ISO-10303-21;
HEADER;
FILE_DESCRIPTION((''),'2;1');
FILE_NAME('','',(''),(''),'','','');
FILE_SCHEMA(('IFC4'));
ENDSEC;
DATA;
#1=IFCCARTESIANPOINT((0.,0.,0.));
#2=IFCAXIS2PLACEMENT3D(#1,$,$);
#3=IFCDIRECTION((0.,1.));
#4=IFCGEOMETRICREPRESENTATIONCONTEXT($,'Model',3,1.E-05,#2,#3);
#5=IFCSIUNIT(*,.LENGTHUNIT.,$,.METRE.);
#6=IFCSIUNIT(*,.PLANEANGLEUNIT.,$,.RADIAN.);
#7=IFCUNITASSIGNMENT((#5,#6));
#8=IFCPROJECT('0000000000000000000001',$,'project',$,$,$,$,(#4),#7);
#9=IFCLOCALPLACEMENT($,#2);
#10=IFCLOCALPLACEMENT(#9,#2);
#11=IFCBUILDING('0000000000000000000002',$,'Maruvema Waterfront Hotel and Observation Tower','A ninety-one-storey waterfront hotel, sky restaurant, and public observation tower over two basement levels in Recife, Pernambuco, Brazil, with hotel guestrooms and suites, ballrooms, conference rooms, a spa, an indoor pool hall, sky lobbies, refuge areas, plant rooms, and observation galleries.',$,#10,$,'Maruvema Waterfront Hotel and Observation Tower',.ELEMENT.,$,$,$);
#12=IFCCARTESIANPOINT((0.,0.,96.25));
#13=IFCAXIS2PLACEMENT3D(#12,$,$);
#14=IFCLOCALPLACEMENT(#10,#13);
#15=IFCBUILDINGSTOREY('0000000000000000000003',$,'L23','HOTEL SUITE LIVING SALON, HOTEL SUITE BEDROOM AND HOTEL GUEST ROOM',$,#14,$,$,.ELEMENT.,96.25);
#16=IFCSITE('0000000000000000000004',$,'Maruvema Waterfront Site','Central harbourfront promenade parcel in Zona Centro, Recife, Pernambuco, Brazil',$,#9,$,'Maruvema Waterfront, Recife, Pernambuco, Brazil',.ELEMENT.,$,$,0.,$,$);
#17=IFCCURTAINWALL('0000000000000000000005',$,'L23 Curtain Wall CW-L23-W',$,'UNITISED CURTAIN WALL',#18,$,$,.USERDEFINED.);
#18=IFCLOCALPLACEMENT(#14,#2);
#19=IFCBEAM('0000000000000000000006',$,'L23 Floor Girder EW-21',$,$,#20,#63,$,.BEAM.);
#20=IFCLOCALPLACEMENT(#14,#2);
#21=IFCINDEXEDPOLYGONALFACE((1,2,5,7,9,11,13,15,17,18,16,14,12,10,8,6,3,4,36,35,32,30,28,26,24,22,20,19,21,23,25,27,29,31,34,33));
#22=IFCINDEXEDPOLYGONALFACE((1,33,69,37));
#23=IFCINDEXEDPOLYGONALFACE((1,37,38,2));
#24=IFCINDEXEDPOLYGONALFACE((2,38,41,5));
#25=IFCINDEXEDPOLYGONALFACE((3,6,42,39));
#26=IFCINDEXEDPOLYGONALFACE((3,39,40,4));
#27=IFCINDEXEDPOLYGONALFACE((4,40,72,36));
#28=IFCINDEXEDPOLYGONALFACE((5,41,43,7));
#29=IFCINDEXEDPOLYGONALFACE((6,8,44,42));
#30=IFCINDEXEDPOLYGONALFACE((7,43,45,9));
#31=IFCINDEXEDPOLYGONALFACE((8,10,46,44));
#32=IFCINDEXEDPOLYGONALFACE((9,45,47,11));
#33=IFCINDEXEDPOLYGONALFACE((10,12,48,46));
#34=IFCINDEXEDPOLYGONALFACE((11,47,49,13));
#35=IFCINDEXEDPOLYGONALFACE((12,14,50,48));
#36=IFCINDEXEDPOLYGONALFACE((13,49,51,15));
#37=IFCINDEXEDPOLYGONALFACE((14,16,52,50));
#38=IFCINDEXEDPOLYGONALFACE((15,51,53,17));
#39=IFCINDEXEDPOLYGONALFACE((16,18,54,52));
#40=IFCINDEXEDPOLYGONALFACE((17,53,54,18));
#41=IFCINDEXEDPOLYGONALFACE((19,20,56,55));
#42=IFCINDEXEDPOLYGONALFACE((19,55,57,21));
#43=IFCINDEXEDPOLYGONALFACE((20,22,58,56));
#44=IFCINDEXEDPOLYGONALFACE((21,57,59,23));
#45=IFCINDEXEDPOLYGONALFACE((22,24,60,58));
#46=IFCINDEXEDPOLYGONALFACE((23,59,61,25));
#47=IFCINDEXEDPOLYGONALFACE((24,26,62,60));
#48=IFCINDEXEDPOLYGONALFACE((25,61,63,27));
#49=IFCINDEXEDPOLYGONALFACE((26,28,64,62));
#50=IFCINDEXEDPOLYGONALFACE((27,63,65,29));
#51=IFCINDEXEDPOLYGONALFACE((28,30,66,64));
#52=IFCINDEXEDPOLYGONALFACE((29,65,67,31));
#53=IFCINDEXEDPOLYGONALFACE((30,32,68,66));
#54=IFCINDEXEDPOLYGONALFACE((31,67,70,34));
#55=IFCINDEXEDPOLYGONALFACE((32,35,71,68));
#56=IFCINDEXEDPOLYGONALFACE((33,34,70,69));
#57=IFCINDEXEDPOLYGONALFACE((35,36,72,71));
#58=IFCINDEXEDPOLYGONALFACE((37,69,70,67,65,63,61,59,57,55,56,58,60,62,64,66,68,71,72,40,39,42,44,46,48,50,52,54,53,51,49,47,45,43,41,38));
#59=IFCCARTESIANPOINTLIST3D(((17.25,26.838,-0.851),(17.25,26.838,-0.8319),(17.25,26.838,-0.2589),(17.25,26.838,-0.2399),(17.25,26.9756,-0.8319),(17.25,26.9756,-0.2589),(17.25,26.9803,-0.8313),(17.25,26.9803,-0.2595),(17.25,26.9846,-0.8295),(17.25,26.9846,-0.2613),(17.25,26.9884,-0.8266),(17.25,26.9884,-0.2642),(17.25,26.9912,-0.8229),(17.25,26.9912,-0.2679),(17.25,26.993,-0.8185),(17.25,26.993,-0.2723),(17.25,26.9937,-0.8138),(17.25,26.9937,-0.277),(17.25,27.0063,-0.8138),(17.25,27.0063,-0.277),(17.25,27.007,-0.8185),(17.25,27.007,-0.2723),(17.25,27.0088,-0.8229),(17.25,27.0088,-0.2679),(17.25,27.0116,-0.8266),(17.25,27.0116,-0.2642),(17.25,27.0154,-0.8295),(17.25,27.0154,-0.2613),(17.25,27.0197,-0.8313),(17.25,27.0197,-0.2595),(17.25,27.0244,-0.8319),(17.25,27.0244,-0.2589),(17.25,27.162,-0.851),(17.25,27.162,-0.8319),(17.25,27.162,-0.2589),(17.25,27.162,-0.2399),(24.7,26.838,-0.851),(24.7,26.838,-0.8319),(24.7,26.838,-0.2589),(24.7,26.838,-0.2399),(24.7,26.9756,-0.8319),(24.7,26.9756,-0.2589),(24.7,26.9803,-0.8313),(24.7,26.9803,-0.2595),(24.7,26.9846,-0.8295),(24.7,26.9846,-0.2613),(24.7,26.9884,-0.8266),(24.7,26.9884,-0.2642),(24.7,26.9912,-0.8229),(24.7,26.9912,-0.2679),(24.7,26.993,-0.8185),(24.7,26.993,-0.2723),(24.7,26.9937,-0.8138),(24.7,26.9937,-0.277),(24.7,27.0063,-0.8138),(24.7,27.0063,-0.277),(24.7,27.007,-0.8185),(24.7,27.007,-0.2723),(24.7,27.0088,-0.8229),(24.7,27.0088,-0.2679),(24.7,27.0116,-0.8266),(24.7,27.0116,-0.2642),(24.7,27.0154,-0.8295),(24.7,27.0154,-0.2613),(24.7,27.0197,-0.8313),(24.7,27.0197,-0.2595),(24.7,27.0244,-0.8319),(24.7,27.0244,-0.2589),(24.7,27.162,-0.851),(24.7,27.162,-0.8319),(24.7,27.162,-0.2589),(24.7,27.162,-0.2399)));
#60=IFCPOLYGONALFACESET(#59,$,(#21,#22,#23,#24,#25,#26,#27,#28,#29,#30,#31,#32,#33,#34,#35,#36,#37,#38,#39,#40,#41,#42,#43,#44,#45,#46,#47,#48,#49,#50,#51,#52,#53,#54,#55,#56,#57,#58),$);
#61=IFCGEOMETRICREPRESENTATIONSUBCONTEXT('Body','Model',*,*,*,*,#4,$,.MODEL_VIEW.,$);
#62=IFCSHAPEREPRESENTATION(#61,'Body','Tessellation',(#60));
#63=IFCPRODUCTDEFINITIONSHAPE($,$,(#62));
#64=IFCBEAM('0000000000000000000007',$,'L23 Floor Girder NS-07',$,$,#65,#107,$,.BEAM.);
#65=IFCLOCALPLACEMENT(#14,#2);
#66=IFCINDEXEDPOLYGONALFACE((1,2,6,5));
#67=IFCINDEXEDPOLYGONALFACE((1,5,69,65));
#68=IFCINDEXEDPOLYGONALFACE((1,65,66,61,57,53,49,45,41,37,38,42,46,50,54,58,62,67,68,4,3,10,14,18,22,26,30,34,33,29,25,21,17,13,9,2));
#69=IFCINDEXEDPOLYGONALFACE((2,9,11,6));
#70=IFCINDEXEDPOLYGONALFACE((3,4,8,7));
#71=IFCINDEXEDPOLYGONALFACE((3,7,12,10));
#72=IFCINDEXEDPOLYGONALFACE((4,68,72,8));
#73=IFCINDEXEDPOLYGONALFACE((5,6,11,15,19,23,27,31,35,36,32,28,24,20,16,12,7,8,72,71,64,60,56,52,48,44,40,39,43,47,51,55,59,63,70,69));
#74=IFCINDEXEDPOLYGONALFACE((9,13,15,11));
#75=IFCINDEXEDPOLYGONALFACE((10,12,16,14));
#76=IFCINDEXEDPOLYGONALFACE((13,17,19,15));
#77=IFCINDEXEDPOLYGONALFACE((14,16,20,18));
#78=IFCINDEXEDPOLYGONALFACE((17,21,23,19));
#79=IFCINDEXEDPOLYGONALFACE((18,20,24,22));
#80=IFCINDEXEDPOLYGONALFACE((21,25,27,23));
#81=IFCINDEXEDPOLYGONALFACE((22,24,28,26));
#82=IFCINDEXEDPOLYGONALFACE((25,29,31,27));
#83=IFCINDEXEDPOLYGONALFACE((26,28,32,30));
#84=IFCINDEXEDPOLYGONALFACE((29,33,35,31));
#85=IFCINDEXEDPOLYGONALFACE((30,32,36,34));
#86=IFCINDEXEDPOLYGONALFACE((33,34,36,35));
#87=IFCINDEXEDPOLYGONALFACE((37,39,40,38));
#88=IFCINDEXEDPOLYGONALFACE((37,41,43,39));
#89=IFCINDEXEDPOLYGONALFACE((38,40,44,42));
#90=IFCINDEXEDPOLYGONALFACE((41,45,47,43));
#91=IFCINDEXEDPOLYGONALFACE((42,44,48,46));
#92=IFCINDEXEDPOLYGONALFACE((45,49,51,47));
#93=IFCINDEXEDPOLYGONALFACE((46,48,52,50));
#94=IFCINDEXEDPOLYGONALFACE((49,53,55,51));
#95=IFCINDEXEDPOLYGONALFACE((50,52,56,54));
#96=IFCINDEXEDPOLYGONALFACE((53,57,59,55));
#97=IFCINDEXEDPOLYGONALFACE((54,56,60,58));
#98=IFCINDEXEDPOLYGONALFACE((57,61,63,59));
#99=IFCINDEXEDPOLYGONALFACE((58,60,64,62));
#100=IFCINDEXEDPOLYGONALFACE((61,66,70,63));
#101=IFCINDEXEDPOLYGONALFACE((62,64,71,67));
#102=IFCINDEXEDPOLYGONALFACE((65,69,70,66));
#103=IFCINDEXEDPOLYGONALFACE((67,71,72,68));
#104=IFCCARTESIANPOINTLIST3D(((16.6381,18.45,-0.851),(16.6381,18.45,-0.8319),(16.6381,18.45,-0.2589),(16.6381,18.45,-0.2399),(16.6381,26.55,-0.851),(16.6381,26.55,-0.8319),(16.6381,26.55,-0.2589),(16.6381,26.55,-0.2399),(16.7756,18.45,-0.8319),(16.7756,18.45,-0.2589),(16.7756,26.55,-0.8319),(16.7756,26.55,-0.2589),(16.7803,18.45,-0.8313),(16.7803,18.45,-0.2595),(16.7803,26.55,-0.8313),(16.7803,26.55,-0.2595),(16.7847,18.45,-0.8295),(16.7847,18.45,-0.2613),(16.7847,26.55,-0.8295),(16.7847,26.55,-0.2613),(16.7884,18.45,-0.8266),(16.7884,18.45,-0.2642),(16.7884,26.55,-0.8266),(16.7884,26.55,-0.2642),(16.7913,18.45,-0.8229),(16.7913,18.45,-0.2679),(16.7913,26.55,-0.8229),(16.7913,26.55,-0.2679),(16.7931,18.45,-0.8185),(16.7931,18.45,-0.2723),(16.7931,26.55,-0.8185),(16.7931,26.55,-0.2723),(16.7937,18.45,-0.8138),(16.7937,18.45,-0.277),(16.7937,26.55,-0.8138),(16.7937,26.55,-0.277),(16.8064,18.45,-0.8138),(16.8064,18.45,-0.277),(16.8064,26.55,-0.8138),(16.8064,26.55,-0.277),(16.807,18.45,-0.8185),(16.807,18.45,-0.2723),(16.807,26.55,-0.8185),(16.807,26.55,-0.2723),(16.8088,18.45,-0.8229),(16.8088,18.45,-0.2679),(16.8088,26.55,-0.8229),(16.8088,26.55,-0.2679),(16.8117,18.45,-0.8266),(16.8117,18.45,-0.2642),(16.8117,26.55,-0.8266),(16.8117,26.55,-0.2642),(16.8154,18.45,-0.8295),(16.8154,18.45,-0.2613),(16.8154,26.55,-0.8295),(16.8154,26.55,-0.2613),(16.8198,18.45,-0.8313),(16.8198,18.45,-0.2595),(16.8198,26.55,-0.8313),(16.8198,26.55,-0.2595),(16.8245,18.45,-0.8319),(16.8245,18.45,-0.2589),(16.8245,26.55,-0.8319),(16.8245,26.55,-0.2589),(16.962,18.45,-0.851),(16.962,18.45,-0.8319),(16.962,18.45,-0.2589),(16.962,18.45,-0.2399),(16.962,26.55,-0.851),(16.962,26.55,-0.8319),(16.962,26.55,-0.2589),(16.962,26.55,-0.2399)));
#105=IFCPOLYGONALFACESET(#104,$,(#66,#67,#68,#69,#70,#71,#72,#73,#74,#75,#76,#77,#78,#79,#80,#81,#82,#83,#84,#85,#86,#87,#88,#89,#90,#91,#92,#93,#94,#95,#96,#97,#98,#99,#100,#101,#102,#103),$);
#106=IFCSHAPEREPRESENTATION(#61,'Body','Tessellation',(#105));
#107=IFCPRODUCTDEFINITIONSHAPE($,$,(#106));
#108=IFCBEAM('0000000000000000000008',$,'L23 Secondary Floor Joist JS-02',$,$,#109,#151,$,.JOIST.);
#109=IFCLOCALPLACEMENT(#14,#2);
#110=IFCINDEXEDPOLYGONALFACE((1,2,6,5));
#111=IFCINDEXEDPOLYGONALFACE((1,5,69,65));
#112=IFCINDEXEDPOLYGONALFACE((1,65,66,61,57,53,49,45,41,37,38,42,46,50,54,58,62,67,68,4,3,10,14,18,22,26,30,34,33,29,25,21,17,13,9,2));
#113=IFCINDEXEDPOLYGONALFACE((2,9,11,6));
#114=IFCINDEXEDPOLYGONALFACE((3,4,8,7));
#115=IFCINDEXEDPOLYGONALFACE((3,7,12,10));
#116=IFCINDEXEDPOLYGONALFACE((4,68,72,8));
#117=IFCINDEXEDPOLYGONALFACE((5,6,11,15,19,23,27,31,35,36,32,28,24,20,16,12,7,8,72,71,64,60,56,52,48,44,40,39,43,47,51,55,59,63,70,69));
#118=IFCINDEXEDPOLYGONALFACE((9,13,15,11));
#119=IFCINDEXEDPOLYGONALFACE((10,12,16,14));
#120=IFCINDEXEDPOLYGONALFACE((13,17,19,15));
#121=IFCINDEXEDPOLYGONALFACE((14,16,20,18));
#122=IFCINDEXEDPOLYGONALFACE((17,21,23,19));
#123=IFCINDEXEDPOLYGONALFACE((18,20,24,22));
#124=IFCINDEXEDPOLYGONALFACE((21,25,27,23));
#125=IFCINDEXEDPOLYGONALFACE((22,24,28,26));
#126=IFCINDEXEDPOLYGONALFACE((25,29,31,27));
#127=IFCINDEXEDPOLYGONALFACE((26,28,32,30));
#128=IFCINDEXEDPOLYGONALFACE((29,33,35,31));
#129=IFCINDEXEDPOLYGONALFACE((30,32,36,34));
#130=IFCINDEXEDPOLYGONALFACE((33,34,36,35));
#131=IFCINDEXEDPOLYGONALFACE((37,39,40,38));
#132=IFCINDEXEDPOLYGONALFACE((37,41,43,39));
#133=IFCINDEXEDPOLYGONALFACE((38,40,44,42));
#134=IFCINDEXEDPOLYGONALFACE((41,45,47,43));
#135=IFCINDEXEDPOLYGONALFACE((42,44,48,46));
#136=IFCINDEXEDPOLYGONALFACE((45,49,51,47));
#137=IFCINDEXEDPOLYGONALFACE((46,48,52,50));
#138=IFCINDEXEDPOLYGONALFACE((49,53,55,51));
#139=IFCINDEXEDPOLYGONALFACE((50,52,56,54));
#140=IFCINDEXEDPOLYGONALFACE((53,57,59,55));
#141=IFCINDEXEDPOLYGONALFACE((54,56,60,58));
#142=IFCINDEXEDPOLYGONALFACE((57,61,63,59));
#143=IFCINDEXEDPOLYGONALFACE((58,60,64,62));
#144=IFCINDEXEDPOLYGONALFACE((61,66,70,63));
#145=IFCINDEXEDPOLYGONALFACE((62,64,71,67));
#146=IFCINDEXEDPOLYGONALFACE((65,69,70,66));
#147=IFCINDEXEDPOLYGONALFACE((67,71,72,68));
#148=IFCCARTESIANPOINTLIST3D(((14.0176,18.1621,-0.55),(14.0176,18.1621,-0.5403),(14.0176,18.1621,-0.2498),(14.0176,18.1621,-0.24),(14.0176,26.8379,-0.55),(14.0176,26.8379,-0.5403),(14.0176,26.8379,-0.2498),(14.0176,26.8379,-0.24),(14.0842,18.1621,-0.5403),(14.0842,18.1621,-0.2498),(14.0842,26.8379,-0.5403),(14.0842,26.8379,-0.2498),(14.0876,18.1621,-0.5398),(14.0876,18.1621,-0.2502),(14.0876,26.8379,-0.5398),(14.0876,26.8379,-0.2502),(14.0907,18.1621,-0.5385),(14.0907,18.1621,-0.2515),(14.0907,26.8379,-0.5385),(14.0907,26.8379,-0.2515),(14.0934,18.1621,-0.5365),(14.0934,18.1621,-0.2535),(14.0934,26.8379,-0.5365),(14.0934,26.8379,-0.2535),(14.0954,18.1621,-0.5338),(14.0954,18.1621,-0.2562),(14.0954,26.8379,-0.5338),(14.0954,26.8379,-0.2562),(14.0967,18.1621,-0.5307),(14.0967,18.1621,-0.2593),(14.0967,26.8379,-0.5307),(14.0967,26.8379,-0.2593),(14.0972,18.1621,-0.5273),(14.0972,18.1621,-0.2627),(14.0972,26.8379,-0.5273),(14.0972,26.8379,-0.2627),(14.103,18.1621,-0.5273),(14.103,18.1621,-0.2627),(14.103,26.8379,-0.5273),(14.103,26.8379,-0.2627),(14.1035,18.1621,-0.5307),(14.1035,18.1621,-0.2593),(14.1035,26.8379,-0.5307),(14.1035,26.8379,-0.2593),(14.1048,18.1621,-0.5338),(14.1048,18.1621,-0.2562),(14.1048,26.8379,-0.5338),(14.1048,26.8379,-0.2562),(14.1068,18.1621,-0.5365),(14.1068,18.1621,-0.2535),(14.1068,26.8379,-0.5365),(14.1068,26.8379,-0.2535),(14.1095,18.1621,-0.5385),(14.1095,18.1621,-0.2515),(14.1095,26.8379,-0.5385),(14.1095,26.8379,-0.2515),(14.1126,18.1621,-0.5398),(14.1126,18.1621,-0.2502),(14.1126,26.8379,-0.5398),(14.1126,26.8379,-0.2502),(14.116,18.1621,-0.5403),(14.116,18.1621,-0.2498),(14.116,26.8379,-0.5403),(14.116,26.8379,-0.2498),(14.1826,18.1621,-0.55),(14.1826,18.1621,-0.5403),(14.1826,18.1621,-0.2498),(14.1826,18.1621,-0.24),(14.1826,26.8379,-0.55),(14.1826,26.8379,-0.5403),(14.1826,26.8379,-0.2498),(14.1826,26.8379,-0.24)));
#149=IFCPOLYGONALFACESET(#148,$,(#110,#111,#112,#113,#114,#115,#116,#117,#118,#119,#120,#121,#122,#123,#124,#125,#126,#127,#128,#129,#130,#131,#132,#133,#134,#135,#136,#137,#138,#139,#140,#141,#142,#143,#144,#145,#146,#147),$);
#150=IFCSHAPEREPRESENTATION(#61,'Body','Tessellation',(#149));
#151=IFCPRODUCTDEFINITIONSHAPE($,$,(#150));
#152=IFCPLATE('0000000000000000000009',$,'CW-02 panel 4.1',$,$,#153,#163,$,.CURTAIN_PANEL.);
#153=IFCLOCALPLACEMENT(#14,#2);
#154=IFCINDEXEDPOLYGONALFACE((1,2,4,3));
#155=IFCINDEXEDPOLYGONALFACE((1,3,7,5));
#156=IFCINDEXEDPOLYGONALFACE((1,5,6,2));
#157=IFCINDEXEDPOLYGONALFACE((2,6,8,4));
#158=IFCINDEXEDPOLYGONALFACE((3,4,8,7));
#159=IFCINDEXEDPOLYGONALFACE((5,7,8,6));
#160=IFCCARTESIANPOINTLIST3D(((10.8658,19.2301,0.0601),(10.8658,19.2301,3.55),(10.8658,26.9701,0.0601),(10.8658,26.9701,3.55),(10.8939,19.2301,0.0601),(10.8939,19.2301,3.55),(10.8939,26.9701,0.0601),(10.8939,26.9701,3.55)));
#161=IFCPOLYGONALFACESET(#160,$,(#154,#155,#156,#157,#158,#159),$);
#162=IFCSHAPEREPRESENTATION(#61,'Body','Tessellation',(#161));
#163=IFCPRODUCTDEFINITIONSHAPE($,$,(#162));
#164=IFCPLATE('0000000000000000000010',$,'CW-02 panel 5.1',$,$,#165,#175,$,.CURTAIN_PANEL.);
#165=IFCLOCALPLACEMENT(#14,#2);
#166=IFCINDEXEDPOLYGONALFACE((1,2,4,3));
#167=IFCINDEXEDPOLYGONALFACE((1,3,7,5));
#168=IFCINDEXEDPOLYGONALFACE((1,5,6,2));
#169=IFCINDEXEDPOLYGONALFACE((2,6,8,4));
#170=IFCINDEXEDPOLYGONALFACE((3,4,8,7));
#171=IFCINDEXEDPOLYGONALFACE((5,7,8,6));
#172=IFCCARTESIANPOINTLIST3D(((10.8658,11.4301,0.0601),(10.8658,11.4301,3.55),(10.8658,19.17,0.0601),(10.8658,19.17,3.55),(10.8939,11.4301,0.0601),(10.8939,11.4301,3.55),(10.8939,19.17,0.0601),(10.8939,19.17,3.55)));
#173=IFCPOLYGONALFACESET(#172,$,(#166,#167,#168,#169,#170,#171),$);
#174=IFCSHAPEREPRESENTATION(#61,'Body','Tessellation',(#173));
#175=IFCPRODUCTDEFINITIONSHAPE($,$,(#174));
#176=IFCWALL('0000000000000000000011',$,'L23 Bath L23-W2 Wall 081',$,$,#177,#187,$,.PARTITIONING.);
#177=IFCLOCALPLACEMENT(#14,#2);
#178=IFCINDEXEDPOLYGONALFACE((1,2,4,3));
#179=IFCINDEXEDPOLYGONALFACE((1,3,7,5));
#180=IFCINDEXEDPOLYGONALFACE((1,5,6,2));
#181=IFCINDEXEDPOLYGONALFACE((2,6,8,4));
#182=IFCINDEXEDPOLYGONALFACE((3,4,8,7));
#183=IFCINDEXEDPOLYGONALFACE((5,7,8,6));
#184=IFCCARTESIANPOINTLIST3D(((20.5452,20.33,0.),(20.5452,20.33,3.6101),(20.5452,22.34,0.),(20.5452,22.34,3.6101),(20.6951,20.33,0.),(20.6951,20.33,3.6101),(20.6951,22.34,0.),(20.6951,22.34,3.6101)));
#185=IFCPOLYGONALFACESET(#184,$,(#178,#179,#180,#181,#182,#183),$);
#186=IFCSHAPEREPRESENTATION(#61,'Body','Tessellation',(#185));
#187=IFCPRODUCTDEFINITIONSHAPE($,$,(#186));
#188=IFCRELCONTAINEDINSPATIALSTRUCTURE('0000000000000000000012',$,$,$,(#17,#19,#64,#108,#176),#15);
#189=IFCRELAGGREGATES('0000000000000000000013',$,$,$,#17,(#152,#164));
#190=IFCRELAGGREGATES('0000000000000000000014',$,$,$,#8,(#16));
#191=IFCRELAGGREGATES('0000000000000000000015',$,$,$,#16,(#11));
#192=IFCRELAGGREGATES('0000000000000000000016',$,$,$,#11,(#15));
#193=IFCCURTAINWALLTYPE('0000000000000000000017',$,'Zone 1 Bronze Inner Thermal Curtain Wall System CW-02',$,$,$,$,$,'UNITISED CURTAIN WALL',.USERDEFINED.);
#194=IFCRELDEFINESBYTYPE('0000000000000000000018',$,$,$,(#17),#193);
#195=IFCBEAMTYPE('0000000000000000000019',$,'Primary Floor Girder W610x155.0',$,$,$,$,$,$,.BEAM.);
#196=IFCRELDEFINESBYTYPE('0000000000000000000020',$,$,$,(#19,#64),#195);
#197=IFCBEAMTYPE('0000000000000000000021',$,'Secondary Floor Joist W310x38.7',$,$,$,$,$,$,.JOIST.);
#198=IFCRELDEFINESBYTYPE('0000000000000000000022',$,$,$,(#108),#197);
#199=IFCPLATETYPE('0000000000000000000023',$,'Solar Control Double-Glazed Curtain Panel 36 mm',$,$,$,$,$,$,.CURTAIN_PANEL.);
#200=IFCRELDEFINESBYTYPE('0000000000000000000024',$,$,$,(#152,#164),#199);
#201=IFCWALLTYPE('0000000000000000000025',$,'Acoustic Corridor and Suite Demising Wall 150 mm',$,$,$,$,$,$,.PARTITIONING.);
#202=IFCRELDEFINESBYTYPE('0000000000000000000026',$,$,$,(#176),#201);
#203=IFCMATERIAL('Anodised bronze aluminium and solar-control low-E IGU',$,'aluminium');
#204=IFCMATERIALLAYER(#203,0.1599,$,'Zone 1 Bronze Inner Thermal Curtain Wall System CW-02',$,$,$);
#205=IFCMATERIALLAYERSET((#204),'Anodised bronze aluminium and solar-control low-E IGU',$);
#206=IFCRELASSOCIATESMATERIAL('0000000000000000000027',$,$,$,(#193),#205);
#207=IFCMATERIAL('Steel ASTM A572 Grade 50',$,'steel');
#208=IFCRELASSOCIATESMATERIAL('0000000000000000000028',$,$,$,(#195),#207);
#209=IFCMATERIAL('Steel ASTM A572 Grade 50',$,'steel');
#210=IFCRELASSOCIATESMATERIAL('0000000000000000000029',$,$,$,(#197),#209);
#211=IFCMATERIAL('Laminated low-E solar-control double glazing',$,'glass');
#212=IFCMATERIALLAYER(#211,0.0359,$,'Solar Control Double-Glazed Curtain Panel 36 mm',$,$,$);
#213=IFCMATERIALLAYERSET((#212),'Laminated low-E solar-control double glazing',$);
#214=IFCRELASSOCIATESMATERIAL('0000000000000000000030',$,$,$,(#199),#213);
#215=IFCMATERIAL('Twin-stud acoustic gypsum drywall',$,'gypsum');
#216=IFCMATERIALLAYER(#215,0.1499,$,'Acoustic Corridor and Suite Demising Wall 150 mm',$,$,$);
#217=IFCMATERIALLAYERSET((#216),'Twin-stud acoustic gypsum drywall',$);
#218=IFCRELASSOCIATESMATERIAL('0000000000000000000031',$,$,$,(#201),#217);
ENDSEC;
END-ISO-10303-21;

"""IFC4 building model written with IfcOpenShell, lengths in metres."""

from ifc_helpers import new_model, si_unit, direction, frame, frame_2d, origin, origin_2d, place, context, subcontext, project, spatial, rectangle, i_section, extrude, material, layer, layer_set, material_profile, profile_set, type_object, element, aggregate, save


model = new_model("IFC4")

# Units and contexts
model_context = context("Model", 3, precision=1e-05, world=origin(), true_north=direction((0.0, 1.0)))
body_context = subcontext(model_context, "Body", "Model", "MODEL_VIEW")
ifc_project = project(units=[si_unit("LENGTHUNIT", "METRE"), si_unit("PLANEANGLEUNIT", "RADIAN")], contexts=[model_context])

# Site, building, storey
site_placement = place(None, origin())
site = spatial("IfcSite", under=ifc_project, at=site_placement, Name="Maruvema Waterfront Site", Description="Central harbourfront promenade parcel in Zona Centro, Recife, Pernambuco, Brazil", LongName="Maruvema Waterfront, Recife, Pernambuco, Brazil", CompositionType="ELEMENT", RefElevation=0.0)
building_placement = place(site_placement, origin())
building = spatial("IfcBuilding", under=site, at=building_placement, Name="Maruvema Waterfront Hotel and Observation Tower", Description="A ninety-one-storey waterfront hotel, sky restaurant, and public observation tower over two basement levels in Recife, Pernambuco, Brazil, with hotel guestrooms and suites, ballrooms, conference rooms, a spa, an indoor pool hall, sky lobbies, refuge areas, plant rooms, and observation galleries.", LongName="Maruvema Waterfront Hotel and Observation Tower", CompositionType="ELEMENT")
storey_placement = place(building_placement, frame((0.0, 0.0, 96.25)))
storey = spatial("IfcBuildingStorey", under=building, at=storey_placement, Name="L23", Description="HOTEL SUITE LIVING SALON, HOTEL SUITE BEDROOM AND HOTEL GUEST ROOM", CompositionType="ELEMENT", Elevation=96.25)

# Curtain wall
ifc_material_1 = material(Name="Anodised bronze aluminium and solar-control low-E IGU", Category="aluminium")
ifc_layer_1 = layer(ifc_material_1, 0.1599, Name="Zone 1 Bronze Inner Thermal Curtain Wall System CW-02")
ifc_layer_set_1 = layer_set([ifc_layer_1], Name="Anodised bronze aluminium and solar-control low-E IGU")
curtain_wall_type = type_object("IfcCurtainWallType", Name="Zone 1 Bronze Inner Thermal Curtain Wall System CW-02", ElementType="UNITISED CURTAIN WALL", PredefinedType="USERDEFINED", material=ifc_layer_set_1)
curtain_wall_placement = place(storey_placement, origin())
curtain_wall = element("IfcCurtainWall", 1, at=curtain_wall_placement, inside=storey, type_object=curtain_wall_type, Name="L23 Curtain Wall CW-L23-W", ObjectType="UNITISED CURTAIN WALL", PredefinedType="USERDEFINED")

# Beams
ifc_material_2 = material(Name="Steel ASTM A572 Grade 50", Category="steel")
ifc_material_profile_1 = material_profile(ifc_material_2, i_section(OverallWidth=0.324, OverallDepth=0.6111, WebThickness=0.0127, FlangeThickness=0.019, FilletRadius=0.0181, at=origin_2d()), Name="W610x155.0")
ifc_profile_set_1 = profile_set([ifc_material_profile_1], Name="Steel ASTM A572 Grade 50")
beam_type_1 = type_object("IfcBeamType", Name="Primary Floor Girder W610x155.0", PredefinedType="BEAM", material=ifc_profile_set_1)
beam_1_placement = place(storey_placement, frame((17.25, 27.0, -0.5454), z_axis=(1.0, 0.0, 0.0), x_axis=(0.0, 1.0, 0.0)))
element("IfcBeam", 2, at=beam_1_placement, inside=storey, type_object=beam_type_1, Name="L23 Floor Girder EW-21", PredefinedType="BEAM", context=body_context, shape_type="SweptSolid", body=[
    extrude(i_section(OverallWidth=0.324, OverallDepth=0.6111, WebThickness=0.0127, FlangeThickness=0.019, FilletRadius=0.0181, at=origin_2d()), origin(), (0.0, 0.0, 1.0), 7.45),
])
beam_2_placement = place(storey_placement, frame((16.8, 18.45, -0.5454), z_axis=(0.0, 1.0, 0.0), x_axis=(-1.0, 0.0, 0.0)))
element("IfcBeam", 3, at=beam_2_placement, inside=storey, type_object=beam_type_1, Name="L23 Floor Girder NS-07", PredefinedType="BEAM", context=body_context, shape_type="SweptSolid", body=[
    extrude(i_section(OverallWidth=0.324, OverallDepth=0.6111, WebThickness=0.0127, FlangeThickness=0.019, FilletRadius=0.0181, at=origin_2d()), origin(), (0.0, 0.0, 1.0), 8.1001),
])
ifc_material_3 = material(Name="Steel ASTM A572 Grade 50", Category="steel")
ifc_material_profile_2 = material_profile(ifc_material_3, i_section(OverallWidth=0.165, OverallDepth=0.3101, WebThickness=0.0059, FlangeThickness=0.0098, FilletRadius=0.0129, at=origin_2d()), Name="W310x38.7")
ifc_profile_set_2 = profile_set([ifc_material_profile_2], Name="Steel ASTM A572 Grade 50")
beam_type_2 = type_object("IfcBeamType", Name="Secondary Floor Joist W310x38.7", PredefinedType="JOIST", material=ifc_profile_set_2)
beam_3_placement = place(storey_placement, frame((14.1001, 18.1621, -0.395), z_axis=(0.0, 1.0, 0.0), x_axis=(-1.0, 0.0, 0.0)))
element("IfcBeam", 4, at=beam_3_placement, inside=storey, type_object=beam_type_2, Name="L23 Secondary Floor Joist JS-02", PredefinedType="JOIST", context=body_context, shape_type="SweptSolid", body=[
    extrude(i_section(OverallWidth=0.165, OverallDepth=0.3101, WebThickness=0.0059, FlangeThickness=0.0098, FilletRadius=0.0129, at=origin_2d()), origin(), (0.0, 0.0, 1.0), 8.6758),
])

# Plates
ifc_material_4 = material(Name="Laminated low-E solar-control double glazing", Category="glass")
ifc_layer_2 = layer(ifc_material_4, 0.0359, Name="Solar Control Double-Glazed Curtain Panel 36 mm")
ifc_layer_set_2 = layer_set([ifc_layer_2], Name="Laminated low-E solar-control double glazing")
plate_type = type_object("IfcPlateType", Name="Solar Control Double-Glazed Curtain Panel 36 mm", PredefinedType="CURTAIN_PANEL", material=ifc_layer_set_2)
plate_1_placement = place(storey_placement, frame((10.8799, 23.1001, 0.0601), z_axis=(0.0, 0.0, 1.0), x_axis=(0.0, -1.0, 0.0)))
plate_1 = element("IfcPlate", 5, at=plate_1_placement, type_object=plate_type, Name="CW-02 panel 4.1", PredefinedType="CURTAIN_PANEL", context=body_context, shape_type="SweptSolid", body=[
    extrude(rectangle(XDim=7.74, YDim=0.0281, at=origin_2d()), origin(), (0.0, 0.0, 1.0), 3.49),
])
plate_2_placement = place(storey_placement, frame((10.8799, 15.3, 0.0601), z_axis=(0.0, 0.0, 1.0), x_axis=(0.0, -1.0, 0.0)))
plate_2 = element("IfcPlate", 6, at=plate_2_placement, type_object=plate_type, Name="CW-02 panel 5.1", PredefinedType="CURTAIN_PANEL", context=body_context, shape_type="SweptSolid", body=[
    extrude(rectangle(XDim=7.74, YDim=0.0281, at=origin_2d()), origin(), (0.0, 0.0, 1.0), 3.49),
])
aggregate(curtain_wall, [plate_1, plate_2])

# Shared definitions
ifc_material_5 = material(Name="Twin-stud acoustic gypsum drywall", Category="gypsum")
ifc_layer_3 = layer(ifc_material_5, 0.1499, Name="Acoustic Corridor and Suite Demising Wall 150 mm")
ifc_layer_set_3 = layer_set([ifc_layer_3], Name="Twin-stud acoustic gypsum drywall")
wall_type_1 = type_object("IfcWallType", Name="Acoustic Corridor and Suite Demising Wall 150 mm", PredefinedType="PARTITIONING", material=ifc_layer_set_3)

# Wall
wall_1_placement = place(storey_placement, frame((20.6201, 20.3301, 0.0), z_axis=(0.0, 0.0, 1.0), x_axis=(0.0, 1.0, 0.0)))
element("IfcWall", 7, at=wall_1_placement, inside=storey, type_object=wall_type_1, Name="L23 Bath L23-W2 Wall 081", PredefinedType="PARTITIONING", context=body_context, shape_type="SweptSolid", body=[
    extrude(rectangle(XDim=2.01, YDim=0.1499, at=frame_2d((1.0049, 0.0))), origin(), (0.0, 0.0, 1.0), 3.6101),
])

save(model, "model.ifc")
